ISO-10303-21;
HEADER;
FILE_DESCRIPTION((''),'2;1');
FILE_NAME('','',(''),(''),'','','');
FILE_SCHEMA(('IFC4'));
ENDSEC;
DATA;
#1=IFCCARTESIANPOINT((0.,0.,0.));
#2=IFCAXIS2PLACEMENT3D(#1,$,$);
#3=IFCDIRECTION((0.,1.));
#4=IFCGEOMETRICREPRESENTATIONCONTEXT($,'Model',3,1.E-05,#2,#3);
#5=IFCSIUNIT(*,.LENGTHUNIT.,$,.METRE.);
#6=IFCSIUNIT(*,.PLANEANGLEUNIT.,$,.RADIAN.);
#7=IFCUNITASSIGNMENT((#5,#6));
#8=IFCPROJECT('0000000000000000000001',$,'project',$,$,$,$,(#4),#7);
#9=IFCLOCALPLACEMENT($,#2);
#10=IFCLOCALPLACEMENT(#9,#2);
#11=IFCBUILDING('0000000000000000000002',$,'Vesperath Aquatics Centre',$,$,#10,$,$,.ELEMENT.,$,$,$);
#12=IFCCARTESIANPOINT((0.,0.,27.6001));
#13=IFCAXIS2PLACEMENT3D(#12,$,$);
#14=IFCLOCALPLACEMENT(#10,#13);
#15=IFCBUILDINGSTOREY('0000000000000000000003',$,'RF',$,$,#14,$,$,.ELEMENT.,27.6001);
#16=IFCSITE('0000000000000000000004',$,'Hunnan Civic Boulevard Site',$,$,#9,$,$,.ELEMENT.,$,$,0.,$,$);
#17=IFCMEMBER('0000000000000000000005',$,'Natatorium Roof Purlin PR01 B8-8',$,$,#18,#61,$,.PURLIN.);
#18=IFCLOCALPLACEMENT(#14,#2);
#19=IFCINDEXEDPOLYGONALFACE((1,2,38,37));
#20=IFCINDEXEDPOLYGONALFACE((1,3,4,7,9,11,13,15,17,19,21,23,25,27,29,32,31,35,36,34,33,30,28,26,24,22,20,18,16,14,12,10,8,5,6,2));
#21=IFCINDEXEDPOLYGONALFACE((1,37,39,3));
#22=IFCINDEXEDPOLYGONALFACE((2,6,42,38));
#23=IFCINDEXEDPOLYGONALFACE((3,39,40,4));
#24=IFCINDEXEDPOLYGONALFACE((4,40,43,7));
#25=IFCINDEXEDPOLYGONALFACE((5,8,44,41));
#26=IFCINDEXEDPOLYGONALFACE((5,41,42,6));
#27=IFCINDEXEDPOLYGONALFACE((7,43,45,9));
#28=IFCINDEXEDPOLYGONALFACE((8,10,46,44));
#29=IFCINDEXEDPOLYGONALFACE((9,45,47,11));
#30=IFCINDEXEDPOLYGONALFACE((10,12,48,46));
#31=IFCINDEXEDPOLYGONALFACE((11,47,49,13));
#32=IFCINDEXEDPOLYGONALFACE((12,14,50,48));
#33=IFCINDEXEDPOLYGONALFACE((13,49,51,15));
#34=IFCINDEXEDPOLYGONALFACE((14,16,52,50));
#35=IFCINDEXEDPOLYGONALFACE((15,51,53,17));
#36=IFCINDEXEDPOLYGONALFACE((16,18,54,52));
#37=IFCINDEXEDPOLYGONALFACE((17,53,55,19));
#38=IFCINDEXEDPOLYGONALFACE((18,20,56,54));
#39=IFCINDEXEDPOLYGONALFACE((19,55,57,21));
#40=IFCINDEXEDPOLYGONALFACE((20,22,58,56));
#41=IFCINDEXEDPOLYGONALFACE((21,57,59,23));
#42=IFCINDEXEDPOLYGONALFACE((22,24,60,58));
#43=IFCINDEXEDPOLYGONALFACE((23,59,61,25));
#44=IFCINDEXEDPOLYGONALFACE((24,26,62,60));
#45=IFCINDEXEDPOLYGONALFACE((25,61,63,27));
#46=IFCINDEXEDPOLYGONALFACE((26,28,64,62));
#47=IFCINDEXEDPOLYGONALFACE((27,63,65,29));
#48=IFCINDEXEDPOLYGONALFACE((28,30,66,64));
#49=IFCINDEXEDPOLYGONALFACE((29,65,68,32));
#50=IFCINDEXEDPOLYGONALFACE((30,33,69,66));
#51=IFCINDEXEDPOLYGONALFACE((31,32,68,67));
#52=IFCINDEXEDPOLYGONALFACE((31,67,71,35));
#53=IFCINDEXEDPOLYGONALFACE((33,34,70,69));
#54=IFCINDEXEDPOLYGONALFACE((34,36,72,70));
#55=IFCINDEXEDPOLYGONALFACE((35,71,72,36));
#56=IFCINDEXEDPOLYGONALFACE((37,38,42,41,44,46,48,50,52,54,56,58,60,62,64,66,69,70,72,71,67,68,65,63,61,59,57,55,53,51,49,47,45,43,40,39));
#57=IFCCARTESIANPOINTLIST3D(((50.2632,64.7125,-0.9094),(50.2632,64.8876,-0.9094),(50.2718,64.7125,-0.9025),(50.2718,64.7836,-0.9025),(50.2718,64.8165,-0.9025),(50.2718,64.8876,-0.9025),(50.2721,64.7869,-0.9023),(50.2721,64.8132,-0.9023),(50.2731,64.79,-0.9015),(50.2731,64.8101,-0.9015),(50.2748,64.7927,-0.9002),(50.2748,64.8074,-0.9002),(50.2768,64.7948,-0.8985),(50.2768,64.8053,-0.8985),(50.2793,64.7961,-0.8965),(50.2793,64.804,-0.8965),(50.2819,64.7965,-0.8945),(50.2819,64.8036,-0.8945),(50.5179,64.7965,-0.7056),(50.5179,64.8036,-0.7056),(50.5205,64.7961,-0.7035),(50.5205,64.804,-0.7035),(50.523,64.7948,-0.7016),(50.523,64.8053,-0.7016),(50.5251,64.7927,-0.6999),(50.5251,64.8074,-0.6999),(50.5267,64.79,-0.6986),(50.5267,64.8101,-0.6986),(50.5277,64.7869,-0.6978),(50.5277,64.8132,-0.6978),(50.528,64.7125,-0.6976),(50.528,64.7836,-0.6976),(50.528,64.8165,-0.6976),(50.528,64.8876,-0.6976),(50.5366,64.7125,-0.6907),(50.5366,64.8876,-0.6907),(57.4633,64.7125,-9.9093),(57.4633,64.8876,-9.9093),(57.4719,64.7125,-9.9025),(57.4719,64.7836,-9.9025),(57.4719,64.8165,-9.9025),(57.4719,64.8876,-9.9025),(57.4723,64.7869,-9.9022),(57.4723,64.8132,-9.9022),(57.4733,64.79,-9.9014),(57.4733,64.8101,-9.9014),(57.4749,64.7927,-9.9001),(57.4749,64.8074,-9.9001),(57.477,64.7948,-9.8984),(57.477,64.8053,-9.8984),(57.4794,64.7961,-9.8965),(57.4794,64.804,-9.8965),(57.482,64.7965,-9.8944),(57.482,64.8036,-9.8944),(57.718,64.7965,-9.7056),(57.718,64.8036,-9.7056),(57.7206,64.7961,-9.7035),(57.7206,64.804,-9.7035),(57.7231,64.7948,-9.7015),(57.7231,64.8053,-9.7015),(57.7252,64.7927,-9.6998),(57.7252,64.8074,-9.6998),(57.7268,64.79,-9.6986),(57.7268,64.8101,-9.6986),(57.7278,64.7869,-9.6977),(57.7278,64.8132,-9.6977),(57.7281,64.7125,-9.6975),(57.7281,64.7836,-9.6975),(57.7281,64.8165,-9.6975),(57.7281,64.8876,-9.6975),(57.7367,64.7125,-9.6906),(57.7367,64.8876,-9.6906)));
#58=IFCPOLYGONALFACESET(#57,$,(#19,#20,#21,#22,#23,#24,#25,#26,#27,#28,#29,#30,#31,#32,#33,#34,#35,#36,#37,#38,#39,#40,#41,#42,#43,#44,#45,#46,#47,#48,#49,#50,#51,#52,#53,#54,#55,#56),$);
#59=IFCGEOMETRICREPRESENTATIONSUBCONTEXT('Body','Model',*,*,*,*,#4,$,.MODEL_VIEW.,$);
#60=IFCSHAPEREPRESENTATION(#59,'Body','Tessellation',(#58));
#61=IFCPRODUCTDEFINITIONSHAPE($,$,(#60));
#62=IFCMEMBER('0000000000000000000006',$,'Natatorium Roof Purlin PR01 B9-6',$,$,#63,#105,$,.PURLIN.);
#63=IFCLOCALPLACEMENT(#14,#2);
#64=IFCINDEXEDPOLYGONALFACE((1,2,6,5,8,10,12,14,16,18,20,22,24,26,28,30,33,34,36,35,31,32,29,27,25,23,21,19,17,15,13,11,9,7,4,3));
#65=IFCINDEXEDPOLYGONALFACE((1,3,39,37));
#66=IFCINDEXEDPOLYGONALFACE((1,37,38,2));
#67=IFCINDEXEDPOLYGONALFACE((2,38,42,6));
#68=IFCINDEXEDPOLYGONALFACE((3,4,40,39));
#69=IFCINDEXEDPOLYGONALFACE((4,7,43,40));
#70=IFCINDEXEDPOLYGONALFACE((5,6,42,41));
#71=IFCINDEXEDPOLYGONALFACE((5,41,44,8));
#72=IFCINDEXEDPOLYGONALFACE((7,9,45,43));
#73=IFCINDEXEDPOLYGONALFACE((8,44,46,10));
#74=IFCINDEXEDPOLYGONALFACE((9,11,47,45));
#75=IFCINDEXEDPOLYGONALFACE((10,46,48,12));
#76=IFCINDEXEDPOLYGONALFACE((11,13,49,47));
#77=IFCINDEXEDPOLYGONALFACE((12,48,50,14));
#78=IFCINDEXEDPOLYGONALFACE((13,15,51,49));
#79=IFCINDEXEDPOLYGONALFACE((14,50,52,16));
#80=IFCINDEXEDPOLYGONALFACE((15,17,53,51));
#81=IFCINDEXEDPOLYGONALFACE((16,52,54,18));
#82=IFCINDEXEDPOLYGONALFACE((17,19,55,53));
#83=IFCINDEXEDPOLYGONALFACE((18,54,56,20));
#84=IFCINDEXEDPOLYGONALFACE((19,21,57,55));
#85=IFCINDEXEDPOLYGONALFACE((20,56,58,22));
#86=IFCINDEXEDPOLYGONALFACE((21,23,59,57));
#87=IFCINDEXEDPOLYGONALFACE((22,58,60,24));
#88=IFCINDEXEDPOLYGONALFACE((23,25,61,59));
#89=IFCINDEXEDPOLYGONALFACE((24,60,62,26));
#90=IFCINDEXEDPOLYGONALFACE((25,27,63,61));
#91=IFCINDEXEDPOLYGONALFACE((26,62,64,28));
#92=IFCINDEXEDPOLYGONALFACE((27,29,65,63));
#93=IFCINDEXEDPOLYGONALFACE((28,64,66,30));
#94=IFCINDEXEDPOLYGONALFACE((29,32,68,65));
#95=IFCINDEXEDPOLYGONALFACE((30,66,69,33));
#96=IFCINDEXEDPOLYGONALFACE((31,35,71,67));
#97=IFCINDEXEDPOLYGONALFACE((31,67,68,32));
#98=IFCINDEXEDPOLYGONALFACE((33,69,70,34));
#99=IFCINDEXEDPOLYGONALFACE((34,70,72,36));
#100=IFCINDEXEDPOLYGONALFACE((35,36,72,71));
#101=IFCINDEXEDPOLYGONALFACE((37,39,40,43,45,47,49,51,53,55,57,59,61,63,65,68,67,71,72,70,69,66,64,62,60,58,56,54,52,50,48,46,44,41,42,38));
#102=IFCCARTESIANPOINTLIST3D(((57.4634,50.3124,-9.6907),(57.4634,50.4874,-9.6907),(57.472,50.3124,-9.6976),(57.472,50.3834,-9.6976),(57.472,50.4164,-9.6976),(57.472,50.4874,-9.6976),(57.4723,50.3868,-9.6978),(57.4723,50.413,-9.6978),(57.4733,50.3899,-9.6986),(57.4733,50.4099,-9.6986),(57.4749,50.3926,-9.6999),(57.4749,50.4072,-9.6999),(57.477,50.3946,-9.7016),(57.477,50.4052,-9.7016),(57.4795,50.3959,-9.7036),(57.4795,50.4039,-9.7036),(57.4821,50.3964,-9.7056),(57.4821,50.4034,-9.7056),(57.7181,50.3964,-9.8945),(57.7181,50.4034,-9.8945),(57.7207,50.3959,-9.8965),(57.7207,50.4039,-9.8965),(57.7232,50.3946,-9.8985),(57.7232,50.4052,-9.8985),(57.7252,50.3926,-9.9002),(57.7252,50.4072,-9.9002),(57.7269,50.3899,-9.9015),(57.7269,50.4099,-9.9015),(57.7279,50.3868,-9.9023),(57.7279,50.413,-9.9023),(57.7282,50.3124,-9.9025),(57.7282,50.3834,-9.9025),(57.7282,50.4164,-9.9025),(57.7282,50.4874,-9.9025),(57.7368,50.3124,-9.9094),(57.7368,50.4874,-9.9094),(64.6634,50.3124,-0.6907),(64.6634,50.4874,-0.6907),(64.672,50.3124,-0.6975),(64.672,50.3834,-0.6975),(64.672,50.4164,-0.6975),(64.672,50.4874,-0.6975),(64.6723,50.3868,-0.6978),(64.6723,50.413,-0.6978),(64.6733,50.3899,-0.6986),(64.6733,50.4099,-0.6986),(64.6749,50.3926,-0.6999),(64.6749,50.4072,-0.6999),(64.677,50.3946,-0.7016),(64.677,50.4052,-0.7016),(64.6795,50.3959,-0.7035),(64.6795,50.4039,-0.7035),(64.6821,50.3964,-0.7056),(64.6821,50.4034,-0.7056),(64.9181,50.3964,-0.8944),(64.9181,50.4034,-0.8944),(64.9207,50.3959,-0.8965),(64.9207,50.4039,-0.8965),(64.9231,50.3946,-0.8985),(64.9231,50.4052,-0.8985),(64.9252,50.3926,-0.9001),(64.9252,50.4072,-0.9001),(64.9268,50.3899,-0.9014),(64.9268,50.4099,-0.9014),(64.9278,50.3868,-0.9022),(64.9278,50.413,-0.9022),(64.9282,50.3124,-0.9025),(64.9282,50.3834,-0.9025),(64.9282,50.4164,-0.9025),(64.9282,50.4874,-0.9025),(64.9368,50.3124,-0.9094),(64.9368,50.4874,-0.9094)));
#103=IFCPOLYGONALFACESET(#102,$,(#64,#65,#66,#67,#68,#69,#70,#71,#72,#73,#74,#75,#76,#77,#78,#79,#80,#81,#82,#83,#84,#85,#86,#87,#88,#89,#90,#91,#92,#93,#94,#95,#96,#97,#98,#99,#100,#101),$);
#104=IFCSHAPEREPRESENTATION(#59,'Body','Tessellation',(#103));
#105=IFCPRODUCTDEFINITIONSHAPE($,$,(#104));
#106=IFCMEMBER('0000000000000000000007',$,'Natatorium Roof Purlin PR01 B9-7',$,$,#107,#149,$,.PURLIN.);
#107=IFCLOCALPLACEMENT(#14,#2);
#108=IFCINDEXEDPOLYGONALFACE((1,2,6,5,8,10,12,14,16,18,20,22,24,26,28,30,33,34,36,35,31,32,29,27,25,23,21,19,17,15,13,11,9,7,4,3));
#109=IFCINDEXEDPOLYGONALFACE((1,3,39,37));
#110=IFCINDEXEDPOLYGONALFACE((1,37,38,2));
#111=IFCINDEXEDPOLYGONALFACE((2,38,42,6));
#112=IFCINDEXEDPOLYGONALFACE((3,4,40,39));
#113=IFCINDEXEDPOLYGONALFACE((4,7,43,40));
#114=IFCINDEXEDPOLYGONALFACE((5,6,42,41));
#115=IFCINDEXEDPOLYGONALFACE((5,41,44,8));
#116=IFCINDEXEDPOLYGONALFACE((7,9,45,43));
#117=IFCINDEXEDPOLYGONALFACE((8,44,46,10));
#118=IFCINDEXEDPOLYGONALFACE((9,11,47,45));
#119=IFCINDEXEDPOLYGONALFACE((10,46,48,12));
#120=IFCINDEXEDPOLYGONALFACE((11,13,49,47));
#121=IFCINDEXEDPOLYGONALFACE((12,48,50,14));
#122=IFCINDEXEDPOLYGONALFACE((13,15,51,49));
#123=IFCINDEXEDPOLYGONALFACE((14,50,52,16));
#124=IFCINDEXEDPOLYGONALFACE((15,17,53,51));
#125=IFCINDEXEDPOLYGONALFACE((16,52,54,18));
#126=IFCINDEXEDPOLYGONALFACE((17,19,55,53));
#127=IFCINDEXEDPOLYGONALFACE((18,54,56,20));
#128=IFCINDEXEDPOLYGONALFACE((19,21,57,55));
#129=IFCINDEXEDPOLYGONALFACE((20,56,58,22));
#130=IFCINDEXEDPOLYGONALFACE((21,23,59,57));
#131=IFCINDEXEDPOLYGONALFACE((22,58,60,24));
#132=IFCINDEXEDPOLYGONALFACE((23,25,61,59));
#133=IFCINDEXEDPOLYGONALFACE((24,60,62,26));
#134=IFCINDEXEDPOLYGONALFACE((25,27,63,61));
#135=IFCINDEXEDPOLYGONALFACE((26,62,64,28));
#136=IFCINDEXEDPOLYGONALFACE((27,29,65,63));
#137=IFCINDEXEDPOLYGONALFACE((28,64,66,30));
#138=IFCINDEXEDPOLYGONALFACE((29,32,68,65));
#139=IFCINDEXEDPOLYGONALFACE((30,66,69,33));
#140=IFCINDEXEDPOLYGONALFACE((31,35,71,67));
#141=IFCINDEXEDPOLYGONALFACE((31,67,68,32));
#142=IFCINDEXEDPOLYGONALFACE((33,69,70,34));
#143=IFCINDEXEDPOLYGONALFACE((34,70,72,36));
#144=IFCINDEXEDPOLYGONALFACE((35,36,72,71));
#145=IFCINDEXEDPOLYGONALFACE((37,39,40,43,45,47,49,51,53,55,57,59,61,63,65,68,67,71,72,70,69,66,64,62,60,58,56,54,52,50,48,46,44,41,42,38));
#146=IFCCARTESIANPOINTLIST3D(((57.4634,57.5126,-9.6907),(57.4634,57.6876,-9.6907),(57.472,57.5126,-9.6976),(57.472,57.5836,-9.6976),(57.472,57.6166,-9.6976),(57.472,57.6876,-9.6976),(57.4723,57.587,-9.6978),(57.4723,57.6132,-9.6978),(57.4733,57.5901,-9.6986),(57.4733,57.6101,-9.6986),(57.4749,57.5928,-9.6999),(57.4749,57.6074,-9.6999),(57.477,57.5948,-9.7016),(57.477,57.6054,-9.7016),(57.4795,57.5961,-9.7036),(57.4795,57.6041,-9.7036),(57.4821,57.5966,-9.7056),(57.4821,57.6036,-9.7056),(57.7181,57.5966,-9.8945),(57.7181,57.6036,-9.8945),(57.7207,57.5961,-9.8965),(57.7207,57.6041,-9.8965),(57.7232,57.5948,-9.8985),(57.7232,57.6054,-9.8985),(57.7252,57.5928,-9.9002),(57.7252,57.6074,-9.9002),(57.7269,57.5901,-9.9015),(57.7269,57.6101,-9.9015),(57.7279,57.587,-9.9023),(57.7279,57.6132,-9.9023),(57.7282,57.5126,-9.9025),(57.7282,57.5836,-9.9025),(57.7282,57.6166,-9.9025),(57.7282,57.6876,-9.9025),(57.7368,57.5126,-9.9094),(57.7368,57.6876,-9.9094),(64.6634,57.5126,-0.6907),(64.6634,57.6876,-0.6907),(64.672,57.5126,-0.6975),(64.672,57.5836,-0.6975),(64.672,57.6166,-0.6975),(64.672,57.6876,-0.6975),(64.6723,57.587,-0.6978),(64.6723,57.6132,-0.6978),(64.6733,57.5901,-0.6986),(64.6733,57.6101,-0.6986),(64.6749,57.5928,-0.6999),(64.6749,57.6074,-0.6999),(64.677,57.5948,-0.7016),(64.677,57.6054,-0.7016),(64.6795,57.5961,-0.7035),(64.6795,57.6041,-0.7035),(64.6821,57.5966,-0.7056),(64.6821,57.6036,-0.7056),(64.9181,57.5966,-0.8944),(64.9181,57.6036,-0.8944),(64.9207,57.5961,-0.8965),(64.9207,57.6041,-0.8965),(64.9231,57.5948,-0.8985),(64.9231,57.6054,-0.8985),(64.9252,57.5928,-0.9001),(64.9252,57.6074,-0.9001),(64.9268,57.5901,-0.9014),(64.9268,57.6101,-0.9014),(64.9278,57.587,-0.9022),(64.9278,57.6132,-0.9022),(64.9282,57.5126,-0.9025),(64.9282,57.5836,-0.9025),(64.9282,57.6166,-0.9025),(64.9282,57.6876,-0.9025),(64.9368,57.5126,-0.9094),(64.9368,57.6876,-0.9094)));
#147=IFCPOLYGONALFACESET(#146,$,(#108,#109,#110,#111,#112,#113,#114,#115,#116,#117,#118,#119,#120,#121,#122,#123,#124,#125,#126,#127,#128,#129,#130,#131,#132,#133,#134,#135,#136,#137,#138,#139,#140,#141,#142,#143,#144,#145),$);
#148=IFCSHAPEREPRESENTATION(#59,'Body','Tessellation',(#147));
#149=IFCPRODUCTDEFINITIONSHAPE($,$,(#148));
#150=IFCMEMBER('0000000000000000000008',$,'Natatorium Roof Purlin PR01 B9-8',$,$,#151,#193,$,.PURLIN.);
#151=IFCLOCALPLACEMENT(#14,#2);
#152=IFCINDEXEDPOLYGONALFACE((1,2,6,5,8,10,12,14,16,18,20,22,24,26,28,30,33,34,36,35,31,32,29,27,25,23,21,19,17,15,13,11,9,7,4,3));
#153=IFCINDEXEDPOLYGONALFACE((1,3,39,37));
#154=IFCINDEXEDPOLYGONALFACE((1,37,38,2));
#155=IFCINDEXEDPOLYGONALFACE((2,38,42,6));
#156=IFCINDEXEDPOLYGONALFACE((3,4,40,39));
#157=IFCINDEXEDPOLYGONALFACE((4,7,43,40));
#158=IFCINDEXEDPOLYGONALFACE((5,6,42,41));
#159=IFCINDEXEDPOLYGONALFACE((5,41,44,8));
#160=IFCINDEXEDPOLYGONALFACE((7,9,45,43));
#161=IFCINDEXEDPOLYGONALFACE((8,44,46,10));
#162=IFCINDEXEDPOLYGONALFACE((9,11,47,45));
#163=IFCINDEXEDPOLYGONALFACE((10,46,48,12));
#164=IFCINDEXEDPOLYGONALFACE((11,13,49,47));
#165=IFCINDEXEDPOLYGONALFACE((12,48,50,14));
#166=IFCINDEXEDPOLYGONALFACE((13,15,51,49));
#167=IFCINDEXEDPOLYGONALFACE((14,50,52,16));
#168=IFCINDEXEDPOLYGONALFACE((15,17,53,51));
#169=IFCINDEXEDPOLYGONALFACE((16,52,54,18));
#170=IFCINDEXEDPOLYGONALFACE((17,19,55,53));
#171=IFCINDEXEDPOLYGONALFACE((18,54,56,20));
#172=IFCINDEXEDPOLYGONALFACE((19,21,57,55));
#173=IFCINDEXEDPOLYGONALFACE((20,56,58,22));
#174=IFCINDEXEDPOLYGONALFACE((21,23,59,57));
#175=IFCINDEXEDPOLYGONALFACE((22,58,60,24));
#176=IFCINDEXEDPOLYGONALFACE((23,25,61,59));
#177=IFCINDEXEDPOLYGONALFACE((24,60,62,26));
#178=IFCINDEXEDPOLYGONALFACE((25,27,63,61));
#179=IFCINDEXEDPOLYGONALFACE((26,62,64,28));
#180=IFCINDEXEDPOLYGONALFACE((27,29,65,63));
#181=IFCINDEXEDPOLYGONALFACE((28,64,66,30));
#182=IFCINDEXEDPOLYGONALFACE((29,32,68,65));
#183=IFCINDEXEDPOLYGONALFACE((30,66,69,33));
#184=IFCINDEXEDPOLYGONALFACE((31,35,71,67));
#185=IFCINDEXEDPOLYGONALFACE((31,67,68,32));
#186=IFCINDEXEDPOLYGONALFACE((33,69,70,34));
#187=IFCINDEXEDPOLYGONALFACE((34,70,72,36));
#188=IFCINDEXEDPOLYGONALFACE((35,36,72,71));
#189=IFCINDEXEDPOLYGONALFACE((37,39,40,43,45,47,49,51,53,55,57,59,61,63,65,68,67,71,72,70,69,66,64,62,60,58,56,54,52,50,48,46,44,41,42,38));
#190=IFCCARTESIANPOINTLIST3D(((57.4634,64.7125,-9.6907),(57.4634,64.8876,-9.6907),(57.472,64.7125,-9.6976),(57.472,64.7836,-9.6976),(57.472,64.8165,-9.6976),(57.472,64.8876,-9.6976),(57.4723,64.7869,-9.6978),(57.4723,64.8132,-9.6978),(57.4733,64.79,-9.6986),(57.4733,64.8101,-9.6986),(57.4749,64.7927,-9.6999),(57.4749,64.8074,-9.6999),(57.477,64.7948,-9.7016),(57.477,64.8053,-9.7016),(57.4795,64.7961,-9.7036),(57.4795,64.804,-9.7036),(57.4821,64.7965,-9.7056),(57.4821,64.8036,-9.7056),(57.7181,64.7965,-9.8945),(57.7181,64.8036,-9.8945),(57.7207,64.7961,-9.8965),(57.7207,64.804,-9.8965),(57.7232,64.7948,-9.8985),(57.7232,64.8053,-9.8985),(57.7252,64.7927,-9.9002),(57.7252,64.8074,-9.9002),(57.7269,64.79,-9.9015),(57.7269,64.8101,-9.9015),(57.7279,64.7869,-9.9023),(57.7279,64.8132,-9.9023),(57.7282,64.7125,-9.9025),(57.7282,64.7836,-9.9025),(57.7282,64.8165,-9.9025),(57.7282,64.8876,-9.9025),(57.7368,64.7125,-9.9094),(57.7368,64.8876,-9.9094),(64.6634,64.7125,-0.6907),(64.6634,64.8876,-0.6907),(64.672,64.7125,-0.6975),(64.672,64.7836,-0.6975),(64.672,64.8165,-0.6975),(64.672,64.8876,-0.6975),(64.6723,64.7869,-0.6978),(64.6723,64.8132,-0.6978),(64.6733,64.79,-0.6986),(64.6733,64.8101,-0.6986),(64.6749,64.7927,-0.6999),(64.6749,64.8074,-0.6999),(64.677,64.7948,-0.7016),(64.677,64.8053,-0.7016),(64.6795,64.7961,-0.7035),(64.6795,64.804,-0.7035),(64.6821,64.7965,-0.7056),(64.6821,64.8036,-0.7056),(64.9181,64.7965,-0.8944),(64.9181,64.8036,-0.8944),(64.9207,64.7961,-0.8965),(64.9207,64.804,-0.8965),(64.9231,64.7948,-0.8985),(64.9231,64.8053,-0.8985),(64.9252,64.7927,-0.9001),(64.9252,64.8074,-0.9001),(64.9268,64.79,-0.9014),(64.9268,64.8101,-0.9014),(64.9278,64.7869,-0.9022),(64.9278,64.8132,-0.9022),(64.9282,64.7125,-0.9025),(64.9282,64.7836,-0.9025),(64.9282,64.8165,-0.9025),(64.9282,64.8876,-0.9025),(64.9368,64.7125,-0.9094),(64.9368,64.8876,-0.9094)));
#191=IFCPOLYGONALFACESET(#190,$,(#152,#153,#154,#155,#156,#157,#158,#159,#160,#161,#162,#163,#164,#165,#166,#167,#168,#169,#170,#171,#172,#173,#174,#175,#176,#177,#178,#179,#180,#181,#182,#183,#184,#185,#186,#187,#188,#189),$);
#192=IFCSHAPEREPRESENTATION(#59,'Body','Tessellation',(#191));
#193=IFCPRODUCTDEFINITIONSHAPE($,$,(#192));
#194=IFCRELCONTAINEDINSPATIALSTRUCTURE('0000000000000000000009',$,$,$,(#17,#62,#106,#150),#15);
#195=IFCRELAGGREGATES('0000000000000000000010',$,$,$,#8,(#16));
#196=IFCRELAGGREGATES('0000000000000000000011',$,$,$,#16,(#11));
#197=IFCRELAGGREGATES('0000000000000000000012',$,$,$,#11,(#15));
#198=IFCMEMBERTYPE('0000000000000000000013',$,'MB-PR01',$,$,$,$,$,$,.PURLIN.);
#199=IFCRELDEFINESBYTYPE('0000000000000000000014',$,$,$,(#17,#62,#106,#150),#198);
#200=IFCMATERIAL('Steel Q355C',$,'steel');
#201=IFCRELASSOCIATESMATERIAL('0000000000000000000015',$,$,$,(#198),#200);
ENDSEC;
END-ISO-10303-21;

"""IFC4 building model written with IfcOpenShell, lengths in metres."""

from ifc_helpers import new_model, si_unit, direction, frame, origin, origin_2d, place, context, subcontext, project, spatial, i_section, extrude, material, material_profile, profile_set, type_object, element, save


model = new_model("IFC4")

# Units and contexts
model_context = context("Model", 3, precision=1e-05, world=origin(), true_north=direction((0.0, 1.0)))
body_context = subcontext(model_context, "Body", "Model", "MODEL_VIEW")
ifc_project = project(units=[si_unit("LENGTHUNIT", "METRE"), si_unit("PLANEANGLEUNIT", "RADIAN")], contexts=[model_context])

# Site, building, storey
site_placement = place(None, origin())
site = spatial("IfcSite", under=ifc_project, at=site_placement, Name="Hunnan Civic Boulevard Site", CompositionType="ELEMENT", RefElevation=0.0)
building_placement = place(site_placement, origin())
building = spatial("IfcBuilding", under=site, at=building_placement, Name="Vesperath Aquatics Centre", CompositionType="ELEMENT")
storey_placement = place(building_placement, frame((0.0, 0.0, 27.6001)))
storey = spatial("IfcBuildingStorey", under=building, at=storey_placement, Name="RF", CompositionType="ELEMENT", Elevation=27.6001)

# Shared definitions
ifc_material_1 = material(Name="Steel Q355C", Category="steel")

# Members
ifc_material_profile_1 = material_profile(ifc_material_1, i_section(OverallWidth=0.175, OverallDepth=0.3501, WebThickness=0.0071, FlangeThickness=0.011, FilletRadius=0.0129, at=origin_2d()), Name="HN 350x175x7x11")
ifc_profile_set_1 = profile_set([ifc_material_profile_1], Name="Steel Q355C")
member_type_1 = type_object("IfcMemberType", Name="MB-PR01", PredefinedType="PURLIN", material=ifc_profile_set_1)
for number, where, z_axis, x_axis, name in (
    (1, (50.3999, 64.8, -0.8), (0.624705, 0.0, -0.780861), (0.0, 1.0, 0.0), "Natatorium Roof Purlin PR01 B8-8"),
    (2, (57.6001, 50.3999, -9.8), (0.624692, 0.0, 0.780871), (0.0, 1.0, 0.0), "Natatorium Roof Purlin PR01 B9-6"),
    (3, (57.6001, 57.6001, -9.8), (0.624692, 0.0, 0.780871), (0.0, 1.0, 0.0), "Natatorium Roof Purlin PR01 B9-7"),
    (4, (57.6001, 64.8, -9.8), (0.624692, 0.0, 0.780871), (0.0, 1.0, 0.0), "Natatorium Roof Purlin PR01 B9-8"),
):
    element("IfcMember", number, at=place(storey_placement, frame(where, z_axis=z_axis, x_axis=x_axis)), inside=storey, type_object=member_type_1, Name=name, PredefinedType="PURLIN", context=body_context, shape_type="SweptSolid", body=[
        extrude(i_section(OverallWidth=0.175, OverallDepth=0.3501, WebThickness=0.0071, FlangeThickness=0.011, FilletRadius=0.0129, at=origin_2d()), origin(), (0.0, 0.0, 1.0), 11.5256),
    ])

save(model, "model.ifc")
